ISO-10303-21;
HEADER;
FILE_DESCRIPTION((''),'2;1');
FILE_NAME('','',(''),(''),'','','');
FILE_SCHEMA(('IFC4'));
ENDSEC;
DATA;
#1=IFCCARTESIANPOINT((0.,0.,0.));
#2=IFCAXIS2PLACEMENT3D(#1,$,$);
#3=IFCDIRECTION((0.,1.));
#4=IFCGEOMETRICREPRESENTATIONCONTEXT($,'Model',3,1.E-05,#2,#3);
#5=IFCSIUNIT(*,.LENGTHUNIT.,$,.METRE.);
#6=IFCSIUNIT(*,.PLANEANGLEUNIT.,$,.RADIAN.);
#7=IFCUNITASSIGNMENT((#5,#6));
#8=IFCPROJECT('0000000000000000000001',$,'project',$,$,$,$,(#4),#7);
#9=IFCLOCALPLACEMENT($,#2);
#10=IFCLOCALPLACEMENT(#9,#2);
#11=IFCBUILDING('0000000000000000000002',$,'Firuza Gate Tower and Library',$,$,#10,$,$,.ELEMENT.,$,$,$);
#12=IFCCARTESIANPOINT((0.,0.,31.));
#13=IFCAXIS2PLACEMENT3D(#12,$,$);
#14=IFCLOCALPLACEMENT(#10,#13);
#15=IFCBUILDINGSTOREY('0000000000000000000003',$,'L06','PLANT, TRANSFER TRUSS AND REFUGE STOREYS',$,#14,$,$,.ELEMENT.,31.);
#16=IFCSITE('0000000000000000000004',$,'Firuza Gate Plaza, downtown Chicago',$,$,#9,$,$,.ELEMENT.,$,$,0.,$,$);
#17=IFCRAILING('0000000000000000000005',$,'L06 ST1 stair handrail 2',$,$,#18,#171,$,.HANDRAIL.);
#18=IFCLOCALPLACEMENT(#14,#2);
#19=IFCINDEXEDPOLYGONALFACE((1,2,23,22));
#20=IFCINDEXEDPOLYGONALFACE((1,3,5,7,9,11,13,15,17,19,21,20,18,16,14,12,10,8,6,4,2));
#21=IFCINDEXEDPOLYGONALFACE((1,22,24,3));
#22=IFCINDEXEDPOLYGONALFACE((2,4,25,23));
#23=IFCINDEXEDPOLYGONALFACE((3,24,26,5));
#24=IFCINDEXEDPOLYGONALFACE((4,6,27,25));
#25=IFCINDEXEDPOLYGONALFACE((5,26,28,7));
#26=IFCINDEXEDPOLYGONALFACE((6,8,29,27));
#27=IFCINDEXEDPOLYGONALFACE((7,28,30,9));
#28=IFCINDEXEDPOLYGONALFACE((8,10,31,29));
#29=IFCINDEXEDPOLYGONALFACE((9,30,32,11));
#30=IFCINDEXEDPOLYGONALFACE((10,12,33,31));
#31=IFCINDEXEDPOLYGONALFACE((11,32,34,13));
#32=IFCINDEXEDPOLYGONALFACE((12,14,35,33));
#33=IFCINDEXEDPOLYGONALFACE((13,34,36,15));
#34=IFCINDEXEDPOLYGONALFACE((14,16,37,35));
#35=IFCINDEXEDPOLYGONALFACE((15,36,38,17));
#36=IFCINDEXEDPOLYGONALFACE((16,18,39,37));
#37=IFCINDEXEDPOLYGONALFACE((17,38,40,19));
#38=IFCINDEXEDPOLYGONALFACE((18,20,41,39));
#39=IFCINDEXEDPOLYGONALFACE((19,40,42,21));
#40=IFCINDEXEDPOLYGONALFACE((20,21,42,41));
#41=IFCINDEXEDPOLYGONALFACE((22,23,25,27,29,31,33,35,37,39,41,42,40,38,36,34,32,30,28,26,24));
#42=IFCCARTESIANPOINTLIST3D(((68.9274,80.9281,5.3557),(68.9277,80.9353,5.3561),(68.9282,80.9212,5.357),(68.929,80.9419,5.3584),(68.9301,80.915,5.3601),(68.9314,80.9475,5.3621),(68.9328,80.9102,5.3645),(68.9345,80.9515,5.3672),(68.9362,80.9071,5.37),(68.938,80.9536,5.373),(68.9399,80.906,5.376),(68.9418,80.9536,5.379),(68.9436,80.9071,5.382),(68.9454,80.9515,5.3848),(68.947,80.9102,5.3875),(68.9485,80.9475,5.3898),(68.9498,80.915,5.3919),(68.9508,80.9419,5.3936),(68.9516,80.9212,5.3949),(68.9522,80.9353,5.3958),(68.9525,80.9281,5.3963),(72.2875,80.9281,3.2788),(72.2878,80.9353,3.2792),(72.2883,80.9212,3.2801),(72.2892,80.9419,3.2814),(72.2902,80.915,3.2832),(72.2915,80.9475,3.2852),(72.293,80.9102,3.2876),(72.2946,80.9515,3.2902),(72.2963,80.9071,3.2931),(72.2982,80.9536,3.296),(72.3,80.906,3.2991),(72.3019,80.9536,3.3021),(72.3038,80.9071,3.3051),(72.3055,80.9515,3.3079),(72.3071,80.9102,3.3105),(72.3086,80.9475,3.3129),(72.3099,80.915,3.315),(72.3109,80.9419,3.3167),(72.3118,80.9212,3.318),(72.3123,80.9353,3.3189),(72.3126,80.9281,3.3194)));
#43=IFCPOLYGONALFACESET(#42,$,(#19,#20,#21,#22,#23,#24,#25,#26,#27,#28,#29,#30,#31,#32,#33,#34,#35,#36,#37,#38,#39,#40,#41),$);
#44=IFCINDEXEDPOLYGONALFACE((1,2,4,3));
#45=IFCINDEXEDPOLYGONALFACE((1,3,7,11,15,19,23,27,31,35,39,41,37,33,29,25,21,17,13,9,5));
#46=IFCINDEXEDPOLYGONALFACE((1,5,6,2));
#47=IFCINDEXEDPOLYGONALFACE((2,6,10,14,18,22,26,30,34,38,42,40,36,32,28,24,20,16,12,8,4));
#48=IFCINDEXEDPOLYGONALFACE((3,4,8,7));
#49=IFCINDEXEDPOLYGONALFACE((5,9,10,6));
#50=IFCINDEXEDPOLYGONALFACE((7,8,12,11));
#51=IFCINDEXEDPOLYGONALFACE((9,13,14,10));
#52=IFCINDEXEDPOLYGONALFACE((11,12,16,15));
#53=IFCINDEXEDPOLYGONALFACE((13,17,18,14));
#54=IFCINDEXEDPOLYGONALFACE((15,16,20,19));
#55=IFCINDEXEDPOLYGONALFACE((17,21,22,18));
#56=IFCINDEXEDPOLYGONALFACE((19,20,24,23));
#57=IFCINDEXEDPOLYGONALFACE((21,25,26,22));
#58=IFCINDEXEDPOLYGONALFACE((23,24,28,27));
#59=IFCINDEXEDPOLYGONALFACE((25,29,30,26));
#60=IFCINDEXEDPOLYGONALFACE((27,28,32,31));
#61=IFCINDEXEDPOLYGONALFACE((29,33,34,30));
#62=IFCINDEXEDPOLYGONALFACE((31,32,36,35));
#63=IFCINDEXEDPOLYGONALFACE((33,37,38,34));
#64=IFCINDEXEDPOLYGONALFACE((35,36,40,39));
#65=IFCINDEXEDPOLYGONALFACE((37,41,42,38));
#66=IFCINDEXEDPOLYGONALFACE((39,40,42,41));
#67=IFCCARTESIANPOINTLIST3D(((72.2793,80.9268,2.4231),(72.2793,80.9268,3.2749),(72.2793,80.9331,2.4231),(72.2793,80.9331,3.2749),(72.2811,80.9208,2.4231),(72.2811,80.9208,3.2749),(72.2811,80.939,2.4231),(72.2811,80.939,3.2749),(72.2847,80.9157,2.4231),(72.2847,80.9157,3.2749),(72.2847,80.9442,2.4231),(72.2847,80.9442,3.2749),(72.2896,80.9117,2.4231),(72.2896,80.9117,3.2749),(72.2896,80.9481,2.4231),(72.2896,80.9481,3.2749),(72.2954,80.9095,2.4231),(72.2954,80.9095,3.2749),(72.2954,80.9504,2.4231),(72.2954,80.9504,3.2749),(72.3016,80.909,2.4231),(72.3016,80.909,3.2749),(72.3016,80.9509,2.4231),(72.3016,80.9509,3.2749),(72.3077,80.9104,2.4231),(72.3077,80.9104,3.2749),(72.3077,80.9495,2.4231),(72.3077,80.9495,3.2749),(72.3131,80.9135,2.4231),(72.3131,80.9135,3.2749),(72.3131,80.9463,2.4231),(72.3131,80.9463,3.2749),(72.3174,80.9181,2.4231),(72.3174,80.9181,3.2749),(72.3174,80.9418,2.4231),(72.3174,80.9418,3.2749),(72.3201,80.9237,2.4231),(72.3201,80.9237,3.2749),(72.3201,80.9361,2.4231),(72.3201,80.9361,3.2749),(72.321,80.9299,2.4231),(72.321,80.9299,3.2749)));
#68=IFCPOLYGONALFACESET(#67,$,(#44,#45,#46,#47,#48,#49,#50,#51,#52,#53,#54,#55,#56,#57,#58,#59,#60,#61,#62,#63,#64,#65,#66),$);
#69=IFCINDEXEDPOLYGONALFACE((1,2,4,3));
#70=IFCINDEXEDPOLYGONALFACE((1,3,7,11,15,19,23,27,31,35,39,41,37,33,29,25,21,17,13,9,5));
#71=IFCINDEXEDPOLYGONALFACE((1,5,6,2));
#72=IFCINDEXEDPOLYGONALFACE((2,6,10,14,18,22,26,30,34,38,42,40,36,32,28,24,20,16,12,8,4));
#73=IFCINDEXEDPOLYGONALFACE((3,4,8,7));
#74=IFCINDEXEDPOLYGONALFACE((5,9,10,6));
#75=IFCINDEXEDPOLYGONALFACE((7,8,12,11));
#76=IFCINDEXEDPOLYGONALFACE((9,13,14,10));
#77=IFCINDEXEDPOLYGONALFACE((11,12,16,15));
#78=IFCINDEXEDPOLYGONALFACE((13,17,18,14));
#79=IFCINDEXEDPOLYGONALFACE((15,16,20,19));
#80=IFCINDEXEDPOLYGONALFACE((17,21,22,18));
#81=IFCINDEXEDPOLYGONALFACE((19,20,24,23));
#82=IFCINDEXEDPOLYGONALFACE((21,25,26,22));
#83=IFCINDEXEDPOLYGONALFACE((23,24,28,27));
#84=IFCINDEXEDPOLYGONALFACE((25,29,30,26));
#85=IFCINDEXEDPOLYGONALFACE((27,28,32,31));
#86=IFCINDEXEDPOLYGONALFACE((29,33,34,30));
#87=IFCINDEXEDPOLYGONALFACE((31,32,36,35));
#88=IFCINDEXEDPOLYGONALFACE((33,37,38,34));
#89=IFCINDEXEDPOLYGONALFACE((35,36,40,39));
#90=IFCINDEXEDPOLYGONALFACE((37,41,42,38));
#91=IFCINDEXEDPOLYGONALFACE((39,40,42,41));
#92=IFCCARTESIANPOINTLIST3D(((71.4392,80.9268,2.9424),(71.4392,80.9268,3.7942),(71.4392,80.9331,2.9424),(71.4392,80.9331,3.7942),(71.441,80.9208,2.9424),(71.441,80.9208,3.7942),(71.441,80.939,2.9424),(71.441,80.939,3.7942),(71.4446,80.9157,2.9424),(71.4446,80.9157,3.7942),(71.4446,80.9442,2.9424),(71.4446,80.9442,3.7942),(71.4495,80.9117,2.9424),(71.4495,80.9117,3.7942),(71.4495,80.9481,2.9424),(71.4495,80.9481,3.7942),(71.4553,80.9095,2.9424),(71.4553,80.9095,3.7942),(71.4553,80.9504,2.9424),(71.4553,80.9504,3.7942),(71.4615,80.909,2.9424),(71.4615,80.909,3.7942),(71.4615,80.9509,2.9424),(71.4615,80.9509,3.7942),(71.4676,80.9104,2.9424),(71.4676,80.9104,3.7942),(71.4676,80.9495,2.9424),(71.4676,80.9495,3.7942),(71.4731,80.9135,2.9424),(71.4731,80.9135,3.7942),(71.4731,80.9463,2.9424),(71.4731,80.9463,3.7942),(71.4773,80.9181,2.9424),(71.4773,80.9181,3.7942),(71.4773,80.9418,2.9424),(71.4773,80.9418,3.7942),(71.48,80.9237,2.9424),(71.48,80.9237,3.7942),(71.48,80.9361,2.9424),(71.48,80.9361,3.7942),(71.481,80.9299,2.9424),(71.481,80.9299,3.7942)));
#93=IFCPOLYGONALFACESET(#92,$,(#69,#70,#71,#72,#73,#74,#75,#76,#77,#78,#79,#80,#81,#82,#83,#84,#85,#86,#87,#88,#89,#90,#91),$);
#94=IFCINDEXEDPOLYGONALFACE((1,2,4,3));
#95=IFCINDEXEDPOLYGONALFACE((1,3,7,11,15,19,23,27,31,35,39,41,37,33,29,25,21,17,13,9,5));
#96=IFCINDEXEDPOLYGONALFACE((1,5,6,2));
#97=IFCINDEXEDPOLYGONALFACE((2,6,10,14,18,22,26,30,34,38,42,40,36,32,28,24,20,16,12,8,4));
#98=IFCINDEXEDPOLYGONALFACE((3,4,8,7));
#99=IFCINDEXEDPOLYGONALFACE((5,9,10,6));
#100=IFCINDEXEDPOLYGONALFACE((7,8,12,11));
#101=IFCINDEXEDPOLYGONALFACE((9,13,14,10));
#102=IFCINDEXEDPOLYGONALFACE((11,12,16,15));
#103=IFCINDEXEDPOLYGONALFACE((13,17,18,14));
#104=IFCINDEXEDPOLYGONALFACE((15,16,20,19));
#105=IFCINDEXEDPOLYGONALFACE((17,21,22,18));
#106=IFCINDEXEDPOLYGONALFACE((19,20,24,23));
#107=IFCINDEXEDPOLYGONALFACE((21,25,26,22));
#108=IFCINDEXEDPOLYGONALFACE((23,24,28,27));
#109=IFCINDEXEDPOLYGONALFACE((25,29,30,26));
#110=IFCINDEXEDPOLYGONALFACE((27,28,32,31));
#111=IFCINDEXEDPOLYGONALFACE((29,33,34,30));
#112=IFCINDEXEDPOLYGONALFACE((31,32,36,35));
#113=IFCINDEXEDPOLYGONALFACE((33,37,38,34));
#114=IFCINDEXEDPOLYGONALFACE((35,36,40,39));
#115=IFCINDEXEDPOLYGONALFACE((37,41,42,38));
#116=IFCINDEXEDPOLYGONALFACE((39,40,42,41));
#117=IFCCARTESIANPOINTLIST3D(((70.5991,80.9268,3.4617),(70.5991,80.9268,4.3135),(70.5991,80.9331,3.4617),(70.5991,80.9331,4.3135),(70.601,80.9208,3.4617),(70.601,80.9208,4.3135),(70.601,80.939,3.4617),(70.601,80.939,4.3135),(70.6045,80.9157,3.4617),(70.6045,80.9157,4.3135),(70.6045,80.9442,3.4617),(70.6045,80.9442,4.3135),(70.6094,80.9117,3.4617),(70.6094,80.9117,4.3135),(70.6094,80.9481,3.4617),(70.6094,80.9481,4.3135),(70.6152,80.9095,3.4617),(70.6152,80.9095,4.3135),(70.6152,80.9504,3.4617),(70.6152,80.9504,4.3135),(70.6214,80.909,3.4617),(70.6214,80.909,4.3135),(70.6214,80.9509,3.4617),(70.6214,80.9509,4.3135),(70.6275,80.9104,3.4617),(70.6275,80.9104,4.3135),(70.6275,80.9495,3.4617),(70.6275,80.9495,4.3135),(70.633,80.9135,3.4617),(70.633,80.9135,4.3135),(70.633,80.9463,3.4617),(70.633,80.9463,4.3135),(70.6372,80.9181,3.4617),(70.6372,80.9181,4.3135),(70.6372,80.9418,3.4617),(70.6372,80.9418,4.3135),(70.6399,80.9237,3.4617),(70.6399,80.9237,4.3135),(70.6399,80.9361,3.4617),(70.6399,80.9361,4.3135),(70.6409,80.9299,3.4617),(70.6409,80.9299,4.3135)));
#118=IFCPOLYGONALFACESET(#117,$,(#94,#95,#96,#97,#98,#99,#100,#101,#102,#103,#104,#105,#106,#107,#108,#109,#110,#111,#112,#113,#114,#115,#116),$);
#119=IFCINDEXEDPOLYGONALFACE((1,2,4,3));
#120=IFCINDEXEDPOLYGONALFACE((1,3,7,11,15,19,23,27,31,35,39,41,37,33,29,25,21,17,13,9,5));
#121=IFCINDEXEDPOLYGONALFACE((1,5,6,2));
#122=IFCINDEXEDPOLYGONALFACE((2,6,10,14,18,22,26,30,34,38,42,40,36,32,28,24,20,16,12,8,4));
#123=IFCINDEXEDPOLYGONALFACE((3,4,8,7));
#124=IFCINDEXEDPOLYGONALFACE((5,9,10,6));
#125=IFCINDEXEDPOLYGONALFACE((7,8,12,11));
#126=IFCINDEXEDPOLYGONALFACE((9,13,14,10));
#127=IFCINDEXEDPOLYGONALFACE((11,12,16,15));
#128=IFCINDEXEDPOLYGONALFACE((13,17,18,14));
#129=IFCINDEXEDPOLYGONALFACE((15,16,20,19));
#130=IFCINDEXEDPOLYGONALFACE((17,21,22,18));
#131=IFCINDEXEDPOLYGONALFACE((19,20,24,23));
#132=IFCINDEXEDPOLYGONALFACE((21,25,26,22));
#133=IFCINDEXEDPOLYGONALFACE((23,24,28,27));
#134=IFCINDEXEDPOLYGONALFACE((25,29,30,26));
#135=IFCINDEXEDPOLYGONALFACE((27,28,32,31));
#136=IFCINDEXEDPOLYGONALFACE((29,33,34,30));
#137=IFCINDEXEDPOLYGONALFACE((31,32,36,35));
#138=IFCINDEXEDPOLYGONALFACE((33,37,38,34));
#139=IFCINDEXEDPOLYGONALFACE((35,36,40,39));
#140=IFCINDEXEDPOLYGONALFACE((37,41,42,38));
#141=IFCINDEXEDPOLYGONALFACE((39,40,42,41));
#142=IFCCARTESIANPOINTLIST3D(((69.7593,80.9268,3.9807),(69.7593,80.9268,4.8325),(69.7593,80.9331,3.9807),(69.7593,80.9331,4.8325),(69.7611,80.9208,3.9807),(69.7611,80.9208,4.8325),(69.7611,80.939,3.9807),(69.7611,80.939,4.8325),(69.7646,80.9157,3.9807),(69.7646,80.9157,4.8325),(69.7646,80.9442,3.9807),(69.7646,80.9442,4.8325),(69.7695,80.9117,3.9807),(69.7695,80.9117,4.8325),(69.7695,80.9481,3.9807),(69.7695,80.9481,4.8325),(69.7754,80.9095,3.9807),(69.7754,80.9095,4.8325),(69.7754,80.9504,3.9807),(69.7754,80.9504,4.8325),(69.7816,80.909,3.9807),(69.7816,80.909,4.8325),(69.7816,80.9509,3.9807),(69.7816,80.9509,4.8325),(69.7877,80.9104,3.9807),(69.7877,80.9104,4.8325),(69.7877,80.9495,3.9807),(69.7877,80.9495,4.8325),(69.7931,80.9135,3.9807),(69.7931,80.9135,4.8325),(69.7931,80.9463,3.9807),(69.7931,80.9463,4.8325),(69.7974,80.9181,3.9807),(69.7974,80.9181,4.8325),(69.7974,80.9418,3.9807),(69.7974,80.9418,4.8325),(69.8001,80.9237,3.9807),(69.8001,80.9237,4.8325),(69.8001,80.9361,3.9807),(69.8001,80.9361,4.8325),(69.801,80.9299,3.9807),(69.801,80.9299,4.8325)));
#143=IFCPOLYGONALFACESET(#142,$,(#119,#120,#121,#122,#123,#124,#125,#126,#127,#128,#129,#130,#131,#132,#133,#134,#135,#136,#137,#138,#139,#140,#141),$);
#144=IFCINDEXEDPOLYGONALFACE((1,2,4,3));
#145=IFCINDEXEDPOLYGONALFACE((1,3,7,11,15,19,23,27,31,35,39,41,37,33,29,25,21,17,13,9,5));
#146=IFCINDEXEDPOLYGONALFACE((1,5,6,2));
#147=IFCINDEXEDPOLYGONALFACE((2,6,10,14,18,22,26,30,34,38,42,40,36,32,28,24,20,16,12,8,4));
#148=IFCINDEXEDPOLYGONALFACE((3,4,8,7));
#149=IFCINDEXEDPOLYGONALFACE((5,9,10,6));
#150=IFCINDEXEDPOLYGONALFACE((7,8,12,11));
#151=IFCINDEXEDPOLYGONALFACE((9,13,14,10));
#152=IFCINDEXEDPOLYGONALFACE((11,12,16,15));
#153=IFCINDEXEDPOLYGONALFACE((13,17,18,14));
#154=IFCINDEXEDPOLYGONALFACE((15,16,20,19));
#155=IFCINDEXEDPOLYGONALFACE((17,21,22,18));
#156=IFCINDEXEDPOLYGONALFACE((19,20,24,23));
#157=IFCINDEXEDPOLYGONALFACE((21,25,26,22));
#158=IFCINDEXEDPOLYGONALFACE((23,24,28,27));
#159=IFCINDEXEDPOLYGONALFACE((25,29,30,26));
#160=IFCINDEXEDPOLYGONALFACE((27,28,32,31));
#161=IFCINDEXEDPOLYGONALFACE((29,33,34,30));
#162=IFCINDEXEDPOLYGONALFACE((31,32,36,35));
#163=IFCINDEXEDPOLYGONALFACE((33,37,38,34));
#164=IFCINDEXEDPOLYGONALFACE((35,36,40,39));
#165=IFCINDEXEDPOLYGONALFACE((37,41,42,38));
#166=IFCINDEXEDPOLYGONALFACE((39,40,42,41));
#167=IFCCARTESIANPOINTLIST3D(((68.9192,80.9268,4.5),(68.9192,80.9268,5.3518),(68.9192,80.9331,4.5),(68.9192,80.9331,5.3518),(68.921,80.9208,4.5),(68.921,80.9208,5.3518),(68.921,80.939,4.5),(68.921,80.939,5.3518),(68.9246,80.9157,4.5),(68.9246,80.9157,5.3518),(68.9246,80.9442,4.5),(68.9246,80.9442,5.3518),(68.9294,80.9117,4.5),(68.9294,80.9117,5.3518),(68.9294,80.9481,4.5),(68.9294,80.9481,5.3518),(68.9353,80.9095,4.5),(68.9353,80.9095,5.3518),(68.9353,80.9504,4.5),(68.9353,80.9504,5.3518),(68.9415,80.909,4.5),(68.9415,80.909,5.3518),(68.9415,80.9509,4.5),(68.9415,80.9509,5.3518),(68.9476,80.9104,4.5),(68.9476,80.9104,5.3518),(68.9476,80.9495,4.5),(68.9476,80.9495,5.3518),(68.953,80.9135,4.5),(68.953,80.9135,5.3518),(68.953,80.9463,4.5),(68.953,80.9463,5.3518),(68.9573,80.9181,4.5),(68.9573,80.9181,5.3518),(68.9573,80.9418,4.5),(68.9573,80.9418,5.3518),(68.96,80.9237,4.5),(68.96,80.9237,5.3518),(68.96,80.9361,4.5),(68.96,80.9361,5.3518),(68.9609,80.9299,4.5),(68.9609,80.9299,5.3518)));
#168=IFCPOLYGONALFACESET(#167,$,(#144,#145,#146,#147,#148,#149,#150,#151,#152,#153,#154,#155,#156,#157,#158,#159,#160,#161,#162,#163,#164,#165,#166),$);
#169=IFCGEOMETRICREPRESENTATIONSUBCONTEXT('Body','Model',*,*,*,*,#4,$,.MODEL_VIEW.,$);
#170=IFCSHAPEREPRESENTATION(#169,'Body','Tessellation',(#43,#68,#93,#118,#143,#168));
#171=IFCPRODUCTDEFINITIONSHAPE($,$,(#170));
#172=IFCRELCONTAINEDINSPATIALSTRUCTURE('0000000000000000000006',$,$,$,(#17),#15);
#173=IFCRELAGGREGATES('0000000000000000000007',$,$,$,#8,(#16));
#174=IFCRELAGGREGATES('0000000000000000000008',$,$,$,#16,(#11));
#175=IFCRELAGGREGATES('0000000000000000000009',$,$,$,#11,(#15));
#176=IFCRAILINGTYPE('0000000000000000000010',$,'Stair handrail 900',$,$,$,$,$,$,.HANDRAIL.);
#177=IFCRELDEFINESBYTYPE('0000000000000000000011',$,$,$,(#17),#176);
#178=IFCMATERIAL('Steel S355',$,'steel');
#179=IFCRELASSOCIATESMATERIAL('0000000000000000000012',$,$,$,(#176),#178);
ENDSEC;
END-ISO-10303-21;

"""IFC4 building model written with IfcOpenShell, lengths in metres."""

from ifc_helpers import new_model, si_unit, direction, frame, origin, origin_2d, place, context, subcontext, project, spatial, circle, extrude, material, type_object, element, save


model = new_model("IFC4")

# Units and contexts
model_context = context("Model", 3, precision=1e-05, world=origin(), true_north=direction((0.0, 1.0)))
body_context = subcontext(model_context, "Body", "Model", "MODEL_VIEW")
ifc_project = project(units=[si_unit("LENGTHUNIT", "METRE"), si_unit("PLANEANGLEUNIT", "RADIAN")], contexts=[model_context])

# Site, building, storey
site_placement = place(None, origin())
site = spatial("IfcSite", under=ifc_project, at=site_placement, Name="Firuza Gate Plaza, downtown Chicago", CompositionType="ELEMENT", RefElevation=0.0)
building_placement = place(site_placement, origin())
building = spatial("IfcBuilding", under=site, at=building_placement, Name="Firuza Gate Tower and Library", CompositionType="ELEMENT")
storey_placement = place(building_placement, frame((0.0, 0.0, 31.0)))
storey = spatial("IfcBuildingStorey", under=building, at=storey_placement, Name="L06", Description="PLANT, TRANSFER TRUSS AND REFUGE STOREYS", CompositionType="ELEMENT", Elevation=31.0)

# Railing
ifc_material_1 = material(Name="Steel S355", Category="steel")
railing_type_1 = type_object("IfcRailingType", Name="Stair handrail 900", PredefinedType="HANDRAIL", material=ifc_material_1)
railing_1_placement = place(storey_placement, frame((72.3, 80.9299, 2.4231)))
element("IfcRailing", 1, at=railing_1_placement, inside=storey, type_object=railing_type_1, Name="L06 ST1 stair handrail 2", PredefinedType="HANDRAIL", context=body_context, shape_type="SweptSolid", body=[
    extrude(circle(Radius=0.0239, at=origin_2d()), frame((0.0, 0.0, 0.876), z_axis=(-0.850623, 0.0, 0.525776), x_axis=(0.0, -1.0, 0.0)), (0.0, 0.0, 1.0), 3.9502),
    extrude(circle(Radius=0.021, at=origin_2d()), origin(), (0.0, 0.0, 1.0), 0.8518),
    extrude(circle(Radius=0.021, at=origin_2d()), frame((-0.8401, 0.0, 0.5193)), (0.0, 0.0, 1.0), 0.8518),
    extrude(circle(Radius=0.021, at=origin_2d()), frame((-1.6802, 0.0, 1.0386)), (0.0, 0.0, 1.0), 0.8518),
    extrude(circle(Radius=0.021, at=origin_2d()), frame((-2.52, 0.0, 1.5576)), (0.0, 0.0, 1.0), 0.8518),
    extrude(circle(Radius=0.021, at=origin_2d()), frame((-3.3601, 0.0, 2.0769)), (0.0, 0.0, 1.0), 0.8518),
])

save(model, "model.ifc")
